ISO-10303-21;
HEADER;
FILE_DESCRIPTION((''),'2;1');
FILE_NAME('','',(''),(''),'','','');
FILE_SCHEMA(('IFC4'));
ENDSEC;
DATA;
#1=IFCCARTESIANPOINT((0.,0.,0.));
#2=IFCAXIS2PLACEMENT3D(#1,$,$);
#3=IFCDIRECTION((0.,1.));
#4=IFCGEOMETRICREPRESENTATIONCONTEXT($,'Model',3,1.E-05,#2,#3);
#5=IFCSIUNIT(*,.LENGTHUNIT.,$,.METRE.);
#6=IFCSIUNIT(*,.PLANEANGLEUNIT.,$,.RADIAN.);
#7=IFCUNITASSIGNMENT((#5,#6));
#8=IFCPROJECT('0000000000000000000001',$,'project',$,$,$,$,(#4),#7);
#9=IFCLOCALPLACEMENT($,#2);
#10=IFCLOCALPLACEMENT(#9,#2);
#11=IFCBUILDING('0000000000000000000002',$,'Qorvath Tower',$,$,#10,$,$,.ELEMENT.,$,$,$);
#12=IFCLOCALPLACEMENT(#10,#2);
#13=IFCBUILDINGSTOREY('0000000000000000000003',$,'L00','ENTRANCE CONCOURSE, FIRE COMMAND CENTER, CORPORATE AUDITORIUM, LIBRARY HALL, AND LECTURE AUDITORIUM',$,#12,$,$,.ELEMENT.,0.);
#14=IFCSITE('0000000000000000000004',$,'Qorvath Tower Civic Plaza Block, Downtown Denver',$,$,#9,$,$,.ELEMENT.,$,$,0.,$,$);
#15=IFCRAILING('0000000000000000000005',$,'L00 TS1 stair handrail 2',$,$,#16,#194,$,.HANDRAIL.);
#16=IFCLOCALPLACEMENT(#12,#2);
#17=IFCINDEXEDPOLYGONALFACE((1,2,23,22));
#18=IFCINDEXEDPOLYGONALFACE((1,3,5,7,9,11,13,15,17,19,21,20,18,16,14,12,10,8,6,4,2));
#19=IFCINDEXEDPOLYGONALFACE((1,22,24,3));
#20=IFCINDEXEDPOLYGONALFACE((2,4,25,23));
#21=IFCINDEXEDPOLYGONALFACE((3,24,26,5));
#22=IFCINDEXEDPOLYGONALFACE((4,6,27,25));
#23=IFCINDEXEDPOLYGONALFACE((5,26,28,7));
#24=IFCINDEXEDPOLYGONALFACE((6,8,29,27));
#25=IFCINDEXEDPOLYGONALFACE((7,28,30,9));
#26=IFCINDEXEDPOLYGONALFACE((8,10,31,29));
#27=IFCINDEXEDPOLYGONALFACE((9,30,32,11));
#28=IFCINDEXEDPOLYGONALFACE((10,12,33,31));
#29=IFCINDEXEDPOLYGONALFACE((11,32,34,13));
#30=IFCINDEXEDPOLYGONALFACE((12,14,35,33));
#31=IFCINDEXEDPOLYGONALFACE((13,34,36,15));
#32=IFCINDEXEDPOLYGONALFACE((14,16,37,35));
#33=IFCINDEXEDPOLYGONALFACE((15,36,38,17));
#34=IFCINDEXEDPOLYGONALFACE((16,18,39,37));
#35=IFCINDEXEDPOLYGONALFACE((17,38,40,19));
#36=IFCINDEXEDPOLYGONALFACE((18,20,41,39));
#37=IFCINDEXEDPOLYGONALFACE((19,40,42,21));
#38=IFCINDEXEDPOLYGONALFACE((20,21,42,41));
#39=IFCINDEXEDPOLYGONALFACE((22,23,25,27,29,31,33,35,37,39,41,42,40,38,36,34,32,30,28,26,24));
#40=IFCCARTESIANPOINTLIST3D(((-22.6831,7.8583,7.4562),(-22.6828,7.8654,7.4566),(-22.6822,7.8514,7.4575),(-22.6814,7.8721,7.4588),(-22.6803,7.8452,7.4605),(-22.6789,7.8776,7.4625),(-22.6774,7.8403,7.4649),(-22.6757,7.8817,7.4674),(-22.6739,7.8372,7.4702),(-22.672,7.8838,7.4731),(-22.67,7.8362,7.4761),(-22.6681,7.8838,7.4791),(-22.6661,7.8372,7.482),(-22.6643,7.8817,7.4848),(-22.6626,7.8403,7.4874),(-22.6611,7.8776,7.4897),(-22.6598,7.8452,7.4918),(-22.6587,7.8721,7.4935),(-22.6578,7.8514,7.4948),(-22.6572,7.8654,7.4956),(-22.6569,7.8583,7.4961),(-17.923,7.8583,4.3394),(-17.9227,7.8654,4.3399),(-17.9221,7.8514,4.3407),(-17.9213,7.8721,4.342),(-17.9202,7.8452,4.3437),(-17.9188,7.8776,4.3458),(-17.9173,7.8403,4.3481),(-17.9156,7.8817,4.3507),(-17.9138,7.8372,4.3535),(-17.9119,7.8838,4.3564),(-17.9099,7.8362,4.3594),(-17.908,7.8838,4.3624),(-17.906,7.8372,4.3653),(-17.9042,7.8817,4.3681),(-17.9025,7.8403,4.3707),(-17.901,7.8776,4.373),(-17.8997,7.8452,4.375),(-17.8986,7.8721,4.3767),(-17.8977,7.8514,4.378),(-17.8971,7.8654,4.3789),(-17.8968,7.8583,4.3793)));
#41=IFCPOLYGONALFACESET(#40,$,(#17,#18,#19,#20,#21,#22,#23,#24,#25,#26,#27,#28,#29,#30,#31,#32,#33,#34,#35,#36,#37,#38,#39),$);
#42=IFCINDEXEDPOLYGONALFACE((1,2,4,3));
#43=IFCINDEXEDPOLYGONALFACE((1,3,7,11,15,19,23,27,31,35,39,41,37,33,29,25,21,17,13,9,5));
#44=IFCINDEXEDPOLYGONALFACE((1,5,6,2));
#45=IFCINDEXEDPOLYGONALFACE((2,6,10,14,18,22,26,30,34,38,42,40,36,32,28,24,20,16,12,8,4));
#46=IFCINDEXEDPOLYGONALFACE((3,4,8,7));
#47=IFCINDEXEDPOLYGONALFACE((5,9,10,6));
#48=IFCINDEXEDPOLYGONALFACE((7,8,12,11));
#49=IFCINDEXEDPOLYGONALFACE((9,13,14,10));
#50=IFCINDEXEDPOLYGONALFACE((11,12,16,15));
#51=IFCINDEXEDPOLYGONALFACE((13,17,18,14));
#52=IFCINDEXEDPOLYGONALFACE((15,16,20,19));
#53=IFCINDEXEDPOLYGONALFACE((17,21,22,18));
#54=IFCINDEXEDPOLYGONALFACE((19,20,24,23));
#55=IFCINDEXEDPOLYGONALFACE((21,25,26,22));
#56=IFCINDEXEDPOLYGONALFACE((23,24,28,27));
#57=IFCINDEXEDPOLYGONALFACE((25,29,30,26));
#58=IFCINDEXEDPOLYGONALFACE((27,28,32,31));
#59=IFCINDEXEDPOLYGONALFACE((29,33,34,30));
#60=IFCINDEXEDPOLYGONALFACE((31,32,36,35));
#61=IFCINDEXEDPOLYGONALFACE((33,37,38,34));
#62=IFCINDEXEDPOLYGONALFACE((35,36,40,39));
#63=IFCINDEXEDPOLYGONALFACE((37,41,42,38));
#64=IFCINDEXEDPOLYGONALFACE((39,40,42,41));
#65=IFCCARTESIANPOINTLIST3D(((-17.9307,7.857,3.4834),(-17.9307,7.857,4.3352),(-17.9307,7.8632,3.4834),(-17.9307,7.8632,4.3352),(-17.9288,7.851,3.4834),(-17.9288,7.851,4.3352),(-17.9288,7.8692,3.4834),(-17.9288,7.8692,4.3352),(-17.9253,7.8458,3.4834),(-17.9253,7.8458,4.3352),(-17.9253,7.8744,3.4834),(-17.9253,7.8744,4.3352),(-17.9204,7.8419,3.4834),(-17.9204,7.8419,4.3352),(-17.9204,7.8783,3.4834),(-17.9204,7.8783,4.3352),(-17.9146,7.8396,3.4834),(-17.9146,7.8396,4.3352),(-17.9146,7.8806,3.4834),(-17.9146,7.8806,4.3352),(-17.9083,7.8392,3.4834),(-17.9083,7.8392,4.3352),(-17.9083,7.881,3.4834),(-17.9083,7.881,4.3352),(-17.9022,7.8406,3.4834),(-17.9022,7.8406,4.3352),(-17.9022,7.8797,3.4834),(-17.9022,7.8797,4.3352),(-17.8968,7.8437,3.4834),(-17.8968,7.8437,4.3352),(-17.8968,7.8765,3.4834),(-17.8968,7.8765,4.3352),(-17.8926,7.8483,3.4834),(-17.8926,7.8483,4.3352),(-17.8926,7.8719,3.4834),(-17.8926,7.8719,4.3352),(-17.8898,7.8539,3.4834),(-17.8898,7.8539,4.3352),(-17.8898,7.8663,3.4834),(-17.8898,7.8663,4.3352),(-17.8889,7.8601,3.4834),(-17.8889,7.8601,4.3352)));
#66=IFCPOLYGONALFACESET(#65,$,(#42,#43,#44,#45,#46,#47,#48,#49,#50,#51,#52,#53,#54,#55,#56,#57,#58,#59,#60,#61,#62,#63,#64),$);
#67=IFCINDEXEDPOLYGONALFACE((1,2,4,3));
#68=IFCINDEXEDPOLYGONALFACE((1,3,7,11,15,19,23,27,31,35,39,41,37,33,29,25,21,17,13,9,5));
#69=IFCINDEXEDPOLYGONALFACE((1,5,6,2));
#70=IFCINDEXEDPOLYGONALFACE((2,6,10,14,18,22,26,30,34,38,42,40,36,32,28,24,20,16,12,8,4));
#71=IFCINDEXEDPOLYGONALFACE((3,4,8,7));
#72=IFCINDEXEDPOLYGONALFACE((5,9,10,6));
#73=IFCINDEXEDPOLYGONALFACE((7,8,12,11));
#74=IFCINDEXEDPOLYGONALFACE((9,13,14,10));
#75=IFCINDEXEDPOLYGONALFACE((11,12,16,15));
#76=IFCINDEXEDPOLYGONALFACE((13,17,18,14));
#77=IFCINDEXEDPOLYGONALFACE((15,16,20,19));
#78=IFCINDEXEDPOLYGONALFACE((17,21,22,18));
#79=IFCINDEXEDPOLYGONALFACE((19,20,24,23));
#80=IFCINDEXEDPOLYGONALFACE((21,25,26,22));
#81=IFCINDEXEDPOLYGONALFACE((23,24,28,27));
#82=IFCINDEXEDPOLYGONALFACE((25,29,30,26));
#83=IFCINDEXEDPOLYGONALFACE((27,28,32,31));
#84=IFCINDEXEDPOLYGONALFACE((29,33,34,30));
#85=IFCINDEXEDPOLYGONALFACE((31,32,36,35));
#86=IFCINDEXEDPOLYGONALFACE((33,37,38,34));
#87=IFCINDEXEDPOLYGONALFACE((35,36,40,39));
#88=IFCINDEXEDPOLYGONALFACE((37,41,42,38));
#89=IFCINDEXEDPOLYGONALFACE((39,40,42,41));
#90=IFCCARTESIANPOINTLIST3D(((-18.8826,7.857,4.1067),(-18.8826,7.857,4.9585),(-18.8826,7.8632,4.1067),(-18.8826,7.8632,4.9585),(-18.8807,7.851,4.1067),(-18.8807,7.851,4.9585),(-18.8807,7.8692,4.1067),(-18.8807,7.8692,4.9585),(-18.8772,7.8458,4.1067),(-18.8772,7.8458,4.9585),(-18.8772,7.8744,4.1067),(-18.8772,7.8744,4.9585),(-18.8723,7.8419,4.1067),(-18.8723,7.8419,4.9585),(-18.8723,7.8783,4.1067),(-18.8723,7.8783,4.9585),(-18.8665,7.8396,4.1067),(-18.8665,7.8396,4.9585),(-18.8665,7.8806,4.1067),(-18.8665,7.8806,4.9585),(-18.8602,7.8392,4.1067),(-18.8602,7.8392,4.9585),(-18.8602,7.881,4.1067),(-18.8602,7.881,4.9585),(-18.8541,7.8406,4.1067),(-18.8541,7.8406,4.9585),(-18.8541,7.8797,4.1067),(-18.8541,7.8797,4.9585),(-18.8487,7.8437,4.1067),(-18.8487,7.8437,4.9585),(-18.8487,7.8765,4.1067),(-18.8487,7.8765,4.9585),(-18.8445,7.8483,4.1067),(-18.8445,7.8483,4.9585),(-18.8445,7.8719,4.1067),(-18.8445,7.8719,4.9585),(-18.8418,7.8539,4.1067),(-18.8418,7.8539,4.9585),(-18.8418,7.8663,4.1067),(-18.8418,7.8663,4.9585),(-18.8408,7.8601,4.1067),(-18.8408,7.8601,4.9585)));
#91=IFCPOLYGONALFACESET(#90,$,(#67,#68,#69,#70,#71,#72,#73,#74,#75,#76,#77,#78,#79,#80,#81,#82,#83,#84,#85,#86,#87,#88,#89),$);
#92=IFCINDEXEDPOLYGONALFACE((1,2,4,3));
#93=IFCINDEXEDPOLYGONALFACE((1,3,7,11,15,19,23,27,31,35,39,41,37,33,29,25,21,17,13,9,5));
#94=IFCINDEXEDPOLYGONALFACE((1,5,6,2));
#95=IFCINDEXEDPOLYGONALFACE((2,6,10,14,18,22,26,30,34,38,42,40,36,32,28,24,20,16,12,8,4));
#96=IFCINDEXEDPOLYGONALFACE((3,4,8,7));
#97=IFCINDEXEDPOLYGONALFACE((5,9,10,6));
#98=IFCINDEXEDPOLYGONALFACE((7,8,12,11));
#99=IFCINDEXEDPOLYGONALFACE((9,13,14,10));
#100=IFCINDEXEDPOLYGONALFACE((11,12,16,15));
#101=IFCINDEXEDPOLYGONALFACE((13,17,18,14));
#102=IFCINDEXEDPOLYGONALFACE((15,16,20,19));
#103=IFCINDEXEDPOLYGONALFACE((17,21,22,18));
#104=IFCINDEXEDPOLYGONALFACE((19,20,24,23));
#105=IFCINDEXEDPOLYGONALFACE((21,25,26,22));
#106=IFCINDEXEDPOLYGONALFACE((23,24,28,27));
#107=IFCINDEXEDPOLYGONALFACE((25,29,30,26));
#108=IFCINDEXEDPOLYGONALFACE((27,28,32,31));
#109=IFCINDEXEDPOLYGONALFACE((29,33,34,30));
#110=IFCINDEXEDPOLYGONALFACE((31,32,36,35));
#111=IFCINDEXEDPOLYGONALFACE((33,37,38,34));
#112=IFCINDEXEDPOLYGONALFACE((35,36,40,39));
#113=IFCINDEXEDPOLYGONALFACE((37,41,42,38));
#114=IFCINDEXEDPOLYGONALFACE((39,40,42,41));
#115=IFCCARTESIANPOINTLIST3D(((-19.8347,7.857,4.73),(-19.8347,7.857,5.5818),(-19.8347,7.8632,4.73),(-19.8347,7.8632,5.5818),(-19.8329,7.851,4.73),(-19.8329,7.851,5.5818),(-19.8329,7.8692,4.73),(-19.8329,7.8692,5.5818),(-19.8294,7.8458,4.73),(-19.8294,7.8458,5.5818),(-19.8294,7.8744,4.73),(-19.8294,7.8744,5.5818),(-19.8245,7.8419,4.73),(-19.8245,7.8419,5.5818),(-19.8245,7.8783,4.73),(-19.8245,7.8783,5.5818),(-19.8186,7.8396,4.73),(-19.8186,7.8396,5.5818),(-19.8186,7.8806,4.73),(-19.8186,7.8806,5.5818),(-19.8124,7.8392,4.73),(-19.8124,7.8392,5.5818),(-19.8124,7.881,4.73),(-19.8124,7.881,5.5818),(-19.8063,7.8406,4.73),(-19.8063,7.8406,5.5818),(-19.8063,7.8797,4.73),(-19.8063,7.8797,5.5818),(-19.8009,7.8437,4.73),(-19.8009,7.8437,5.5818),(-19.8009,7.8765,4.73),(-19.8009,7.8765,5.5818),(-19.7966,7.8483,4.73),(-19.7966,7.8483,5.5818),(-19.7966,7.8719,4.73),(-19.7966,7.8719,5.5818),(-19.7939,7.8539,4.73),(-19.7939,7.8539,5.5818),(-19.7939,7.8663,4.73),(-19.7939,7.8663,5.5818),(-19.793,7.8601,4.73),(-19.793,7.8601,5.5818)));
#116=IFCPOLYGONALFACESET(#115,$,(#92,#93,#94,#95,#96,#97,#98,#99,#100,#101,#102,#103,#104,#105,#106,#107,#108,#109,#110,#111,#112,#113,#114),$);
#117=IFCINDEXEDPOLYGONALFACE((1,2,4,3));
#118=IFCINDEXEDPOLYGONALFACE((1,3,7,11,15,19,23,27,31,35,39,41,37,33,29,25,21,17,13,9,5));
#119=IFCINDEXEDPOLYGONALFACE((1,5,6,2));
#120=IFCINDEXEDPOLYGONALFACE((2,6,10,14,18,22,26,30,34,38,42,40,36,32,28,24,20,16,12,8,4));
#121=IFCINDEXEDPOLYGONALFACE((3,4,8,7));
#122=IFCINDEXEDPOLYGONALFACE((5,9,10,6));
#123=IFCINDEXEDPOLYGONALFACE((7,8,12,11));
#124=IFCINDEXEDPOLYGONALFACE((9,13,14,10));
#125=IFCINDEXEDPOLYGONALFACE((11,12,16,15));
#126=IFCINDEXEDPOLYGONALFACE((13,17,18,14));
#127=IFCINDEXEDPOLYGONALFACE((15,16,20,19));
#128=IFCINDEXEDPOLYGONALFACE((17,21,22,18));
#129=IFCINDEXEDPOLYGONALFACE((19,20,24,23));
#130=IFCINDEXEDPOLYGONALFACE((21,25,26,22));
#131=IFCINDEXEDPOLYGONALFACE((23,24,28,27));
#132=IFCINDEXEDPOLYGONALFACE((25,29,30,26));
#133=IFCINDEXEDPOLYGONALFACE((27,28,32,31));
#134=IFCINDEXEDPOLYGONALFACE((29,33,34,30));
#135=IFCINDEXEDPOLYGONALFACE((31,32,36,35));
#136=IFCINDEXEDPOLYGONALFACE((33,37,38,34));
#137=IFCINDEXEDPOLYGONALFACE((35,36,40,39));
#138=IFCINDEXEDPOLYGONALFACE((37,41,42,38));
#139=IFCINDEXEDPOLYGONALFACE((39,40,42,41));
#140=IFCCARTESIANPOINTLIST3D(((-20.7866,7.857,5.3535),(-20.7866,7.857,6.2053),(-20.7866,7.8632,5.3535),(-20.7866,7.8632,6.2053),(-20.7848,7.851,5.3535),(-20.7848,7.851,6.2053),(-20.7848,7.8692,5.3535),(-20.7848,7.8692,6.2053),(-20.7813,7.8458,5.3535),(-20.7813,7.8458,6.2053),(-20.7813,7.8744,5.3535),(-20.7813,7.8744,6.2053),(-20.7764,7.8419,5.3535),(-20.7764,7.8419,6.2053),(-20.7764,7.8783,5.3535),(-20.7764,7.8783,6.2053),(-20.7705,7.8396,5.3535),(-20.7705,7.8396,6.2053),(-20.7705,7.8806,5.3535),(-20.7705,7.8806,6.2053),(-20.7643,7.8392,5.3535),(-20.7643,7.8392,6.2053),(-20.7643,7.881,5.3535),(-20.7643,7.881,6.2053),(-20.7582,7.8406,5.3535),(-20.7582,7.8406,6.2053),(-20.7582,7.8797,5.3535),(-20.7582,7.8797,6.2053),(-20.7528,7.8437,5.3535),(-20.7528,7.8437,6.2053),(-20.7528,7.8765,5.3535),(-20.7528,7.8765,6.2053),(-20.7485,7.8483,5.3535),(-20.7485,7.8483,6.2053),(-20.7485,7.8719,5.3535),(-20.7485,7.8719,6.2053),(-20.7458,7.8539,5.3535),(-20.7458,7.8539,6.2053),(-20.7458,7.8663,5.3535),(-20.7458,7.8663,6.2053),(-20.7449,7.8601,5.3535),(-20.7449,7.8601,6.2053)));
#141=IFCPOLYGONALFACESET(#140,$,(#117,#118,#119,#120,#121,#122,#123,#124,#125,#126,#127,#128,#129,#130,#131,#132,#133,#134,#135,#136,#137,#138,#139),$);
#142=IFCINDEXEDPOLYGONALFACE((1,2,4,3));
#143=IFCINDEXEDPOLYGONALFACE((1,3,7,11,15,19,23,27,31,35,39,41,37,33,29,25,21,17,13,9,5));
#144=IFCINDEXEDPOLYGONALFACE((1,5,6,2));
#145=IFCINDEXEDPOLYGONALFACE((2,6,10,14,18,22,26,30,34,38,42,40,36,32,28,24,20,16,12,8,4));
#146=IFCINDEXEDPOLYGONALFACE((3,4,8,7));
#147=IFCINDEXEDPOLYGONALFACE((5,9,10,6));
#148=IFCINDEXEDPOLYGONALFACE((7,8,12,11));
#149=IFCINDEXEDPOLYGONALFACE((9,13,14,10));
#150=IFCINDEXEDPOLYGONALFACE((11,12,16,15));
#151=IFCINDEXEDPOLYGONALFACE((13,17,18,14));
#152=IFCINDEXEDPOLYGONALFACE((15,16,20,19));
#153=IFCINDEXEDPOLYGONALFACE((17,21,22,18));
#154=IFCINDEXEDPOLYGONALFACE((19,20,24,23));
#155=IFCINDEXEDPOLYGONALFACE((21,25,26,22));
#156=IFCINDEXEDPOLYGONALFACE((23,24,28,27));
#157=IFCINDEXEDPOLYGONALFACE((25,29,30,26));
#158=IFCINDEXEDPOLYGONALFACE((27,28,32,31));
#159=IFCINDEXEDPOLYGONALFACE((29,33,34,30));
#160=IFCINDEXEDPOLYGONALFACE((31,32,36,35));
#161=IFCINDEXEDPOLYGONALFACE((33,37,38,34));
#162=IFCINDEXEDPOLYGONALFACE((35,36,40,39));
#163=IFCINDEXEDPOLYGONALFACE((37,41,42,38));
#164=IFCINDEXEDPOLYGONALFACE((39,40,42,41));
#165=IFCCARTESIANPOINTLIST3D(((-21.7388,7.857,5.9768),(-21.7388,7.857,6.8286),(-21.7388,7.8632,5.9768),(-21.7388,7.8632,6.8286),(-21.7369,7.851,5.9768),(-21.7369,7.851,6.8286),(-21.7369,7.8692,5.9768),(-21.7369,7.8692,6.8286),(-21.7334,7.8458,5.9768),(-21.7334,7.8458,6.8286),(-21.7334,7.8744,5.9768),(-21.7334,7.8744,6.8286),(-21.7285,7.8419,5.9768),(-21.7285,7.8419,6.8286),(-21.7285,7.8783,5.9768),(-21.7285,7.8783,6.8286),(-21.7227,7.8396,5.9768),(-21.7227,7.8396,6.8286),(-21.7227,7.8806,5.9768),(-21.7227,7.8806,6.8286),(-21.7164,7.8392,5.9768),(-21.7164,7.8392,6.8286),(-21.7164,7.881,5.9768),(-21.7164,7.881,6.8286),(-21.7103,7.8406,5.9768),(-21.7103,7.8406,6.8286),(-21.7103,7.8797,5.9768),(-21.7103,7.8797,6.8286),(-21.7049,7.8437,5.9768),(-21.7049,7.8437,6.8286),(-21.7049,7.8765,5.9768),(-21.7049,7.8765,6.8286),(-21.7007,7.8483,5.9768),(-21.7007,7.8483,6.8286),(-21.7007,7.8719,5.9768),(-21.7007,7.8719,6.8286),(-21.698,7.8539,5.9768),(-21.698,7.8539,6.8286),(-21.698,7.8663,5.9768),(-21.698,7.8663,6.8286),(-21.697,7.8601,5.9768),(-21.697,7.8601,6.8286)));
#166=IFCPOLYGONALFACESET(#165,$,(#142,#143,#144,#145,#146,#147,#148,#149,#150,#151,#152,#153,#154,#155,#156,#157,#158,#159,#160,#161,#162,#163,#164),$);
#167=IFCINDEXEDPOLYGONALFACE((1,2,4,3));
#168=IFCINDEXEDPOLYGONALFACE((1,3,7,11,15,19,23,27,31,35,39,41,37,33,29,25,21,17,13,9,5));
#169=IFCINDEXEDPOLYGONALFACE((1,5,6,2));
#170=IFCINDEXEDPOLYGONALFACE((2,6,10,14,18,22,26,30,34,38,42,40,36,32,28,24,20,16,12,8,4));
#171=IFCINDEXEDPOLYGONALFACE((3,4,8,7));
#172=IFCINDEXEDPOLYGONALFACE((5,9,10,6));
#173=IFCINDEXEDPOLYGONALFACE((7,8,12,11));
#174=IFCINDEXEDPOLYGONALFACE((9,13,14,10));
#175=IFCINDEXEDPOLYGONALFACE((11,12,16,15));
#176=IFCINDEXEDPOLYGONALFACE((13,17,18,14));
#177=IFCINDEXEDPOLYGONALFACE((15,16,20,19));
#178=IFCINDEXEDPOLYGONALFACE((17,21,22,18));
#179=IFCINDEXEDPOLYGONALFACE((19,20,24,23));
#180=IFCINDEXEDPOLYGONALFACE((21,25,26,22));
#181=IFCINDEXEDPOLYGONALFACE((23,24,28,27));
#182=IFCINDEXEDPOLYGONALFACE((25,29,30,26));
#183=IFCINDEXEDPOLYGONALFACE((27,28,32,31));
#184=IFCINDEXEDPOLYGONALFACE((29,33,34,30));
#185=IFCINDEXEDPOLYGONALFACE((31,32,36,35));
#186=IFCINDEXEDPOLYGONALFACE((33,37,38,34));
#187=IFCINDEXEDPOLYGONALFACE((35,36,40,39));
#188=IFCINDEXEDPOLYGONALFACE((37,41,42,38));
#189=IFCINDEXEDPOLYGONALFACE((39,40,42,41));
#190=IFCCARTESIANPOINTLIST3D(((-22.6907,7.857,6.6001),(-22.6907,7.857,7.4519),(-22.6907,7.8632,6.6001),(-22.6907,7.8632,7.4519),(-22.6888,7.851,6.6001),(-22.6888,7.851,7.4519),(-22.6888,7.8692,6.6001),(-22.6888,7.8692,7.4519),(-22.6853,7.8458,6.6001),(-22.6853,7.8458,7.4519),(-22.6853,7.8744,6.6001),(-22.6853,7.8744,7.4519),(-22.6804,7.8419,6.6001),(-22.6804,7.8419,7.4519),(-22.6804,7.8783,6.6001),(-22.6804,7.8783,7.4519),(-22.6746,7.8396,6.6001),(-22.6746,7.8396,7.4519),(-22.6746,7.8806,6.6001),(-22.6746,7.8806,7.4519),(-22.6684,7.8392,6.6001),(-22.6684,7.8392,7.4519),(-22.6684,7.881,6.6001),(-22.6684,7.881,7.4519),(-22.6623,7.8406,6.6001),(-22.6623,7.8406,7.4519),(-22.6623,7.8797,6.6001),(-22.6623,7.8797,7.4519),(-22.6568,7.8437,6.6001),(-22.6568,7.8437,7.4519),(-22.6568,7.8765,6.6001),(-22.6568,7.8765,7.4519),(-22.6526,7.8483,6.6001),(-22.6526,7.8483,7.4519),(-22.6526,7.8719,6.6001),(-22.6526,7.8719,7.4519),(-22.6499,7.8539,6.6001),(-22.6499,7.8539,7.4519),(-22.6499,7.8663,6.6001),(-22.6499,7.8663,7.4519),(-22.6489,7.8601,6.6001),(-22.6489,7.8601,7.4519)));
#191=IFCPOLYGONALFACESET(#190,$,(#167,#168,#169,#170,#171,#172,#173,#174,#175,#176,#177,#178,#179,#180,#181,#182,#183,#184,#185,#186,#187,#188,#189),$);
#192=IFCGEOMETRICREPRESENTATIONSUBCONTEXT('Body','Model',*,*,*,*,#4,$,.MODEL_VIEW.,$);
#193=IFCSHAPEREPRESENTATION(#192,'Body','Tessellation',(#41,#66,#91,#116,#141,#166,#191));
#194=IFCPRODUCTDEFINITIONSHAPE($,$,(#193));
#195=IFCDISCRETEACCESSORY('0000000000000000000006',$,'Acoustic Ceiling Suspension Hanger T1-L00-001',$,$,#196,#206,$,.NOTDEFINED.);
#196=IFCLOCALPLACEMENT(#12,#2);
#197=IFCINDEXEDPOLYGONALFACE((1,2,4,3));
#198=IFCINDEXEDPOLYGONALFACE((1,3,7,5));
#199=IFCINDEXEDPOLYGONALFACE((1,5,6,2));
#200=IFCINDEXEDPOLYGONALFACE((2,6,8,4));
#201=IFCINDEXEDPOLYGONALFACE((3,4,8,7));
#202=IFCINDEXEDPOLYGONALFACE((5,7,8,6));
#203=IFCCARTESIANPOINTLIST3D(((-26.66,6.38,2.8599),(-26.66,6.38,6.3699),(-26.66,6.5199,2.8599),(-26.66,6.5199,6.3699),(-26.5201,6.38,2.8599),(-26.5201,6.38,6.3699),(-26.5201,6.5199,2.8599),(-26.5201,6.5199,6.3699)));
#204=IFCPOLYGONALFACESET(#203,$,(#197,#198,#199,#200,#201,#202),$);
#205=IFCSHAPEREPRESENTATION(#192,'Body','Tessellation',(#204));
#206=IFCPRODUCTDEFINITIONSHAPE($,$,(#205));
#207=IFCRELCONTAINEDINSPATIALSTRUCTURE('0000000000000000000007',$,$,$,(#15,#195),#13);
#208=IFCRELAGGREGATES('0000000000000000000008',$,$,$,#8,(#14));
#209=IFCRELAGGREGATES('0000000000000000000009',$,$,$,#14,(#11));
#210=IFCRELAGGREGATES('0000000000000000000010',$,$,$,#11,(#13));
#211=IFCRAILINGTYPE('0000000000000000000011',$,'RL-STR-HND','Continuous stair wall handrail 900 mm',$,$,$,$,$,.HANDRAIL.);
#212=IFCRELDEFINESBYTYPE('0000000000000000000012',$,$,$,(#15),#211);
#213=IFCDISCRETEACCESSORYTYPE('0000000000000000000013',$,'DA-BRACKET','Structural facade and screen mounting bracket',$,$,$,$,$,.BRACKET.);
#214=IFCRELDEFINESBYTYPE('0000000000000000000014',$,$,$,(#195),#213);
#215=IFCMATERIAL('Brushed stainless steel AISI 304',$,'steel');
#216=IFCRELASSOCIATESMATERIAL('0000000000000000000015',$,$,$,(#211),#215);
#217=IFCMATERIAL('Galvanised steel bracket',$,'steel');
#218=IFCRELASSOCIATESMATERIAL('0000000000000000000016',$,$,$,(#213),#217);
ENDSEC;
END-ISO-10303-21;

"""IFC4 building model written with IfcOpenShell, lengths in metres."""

from ifc_helpers import new_model, si_unit, direction, frame, origin, origin_2d, place, context, subcontext, project, spatial, rectangle, circle, extrude, material, type_object, element, save


model = new_model("IFC4")

# Units and contexts
model_context = context("Model", 3, precision=1e-05, world=origin(), true_north=direction((0.0, 1.0)))
body_context = subcontext(model_context, "Body", "Model", "MODEL_VIEW")
ifc_project = project(units=[si_unit("LENGTHUNIT", "METRE"), si_unit("PLANEANGLEUNIT", "RADIAN")], contexts=[model_context])

# Site, building, storey
site_placement = place(None, origin())
site = spatial("IfcSite", under=ifc_project, at=site_placement, Name="Qorvath Tower Civic Plaza Block, Downtown Denver", CompositionType="ELEMENT", RefElevation=0.0)
building_placement = place(site_placement, origin())
building = spatial("IfcBuilding", under=site, at=building_placement, Name="Qorvath Tower", CompositionType="ELEMENT")
storey_placement = place(building_placement, origin())
storey = spatial("IfcBuildingStorey", under=building, at=storey_placement, Name="L00", Description="ENTRANCE CONCOURSE, FIRE COMMAND CENTER, CORPORATE AUDITORIUM, LIBRARY HALL, AND LECTURE AUDITORIUM", CompositionType="ELEMENT", Elevation=0.0)

# Railing
ifc_material_1 = material(Name="Brushed stainless steel AISI 304", Category="steel")
railing_type_1 = type_object("IfcRailingType", Name="RL-STR-HND", Description="Continuous stair wall handrail 900 mm", PredefinedType="HANDRAIL", material=ifc_material_1)
railing_1_placement = place(storey_placement, frame((-17.9099, 7.8601, 3.4834)))
element("IfcRailing", 1, at=railing_1_placement, inside=storey, type_object=railing_type_1, Name="L00 TS1 stair handrail 2", PredefinedType="HANDRAIL", context=body_context, shape_type="SweptSolid", body=[
    extrude(circle(Radius=0.0239, at=origin_2d()), frame((0.0, 0.0, 0.876), z_axis=(-0.836616, 0.0, 0.547789), x_axis=(0.0, -1.0, 0.0)), (0.0, 0.0, 1.0), 5.6897),
    extrude(circle(Radius=0.021, at=origin_2d()), origin(), (0.0, 0.0, 1.0), 0.8518),
    extrude(circle(Radius=0.021, at=origin_2d()), frame((-0.9519, 0.0, 0.6233)), (0.0, 0.0, 1.0), 0.8518),
    extrude(circle(Radius=0.021, at=origin_2d()), frame((-1.9041, 0.0, 1.2466)), (0.0, 0.0, 1.0), 0.8518),
    extrude(circle(Radius=0.021, at=origin_2d()), frame((-2.856, 0.0, 1.8701)), (0.0, 0.0, 1.0), 0.8518),
    extrude(circle(Radius=0.021, at=origin_2d()), frame((-3.8081, 0.0, 2.4934)), (0.0, 0.0, 1.0), 0.8518),
    extrude(circle(Radius=0.021, at=origin_2d()), frame((-4.76, 0.0, 3.1167)), (0.0, 0.0, 1.0), 0.8518),
])

# Discrete accessory
ifc_material_2 = material(Name="Galvanised steel bracket", Category="steel")
discrete_accessory_type = type_object("IfcDiscreteAccessoryType", Name="DA-BRACKET", Description="Structural facade and screen mounting bracket", PredefinedType="BRACKET", material=ifc_material_2)
discrete_accessory_placement = place(storey_placement, frame((-26.5901, 6.45, 2.8599), z_axis=(0.0, 0.0, 1.0), x_axis=(1.0, 0.0, 0.0)))
element("IfcDiscreteAccessory", 2, at=discrete_accessory_placement, inside=storey, type_object=discrete_accessory_type, Name="Acoustic Ceiling Suspension Hanger T1-L00-001", PredefinedType="NOTDEFINED", context=body_context, shape_type="SweptSolid", body=[
    extrude(rectangle(XDim=0.1399, YDim=0.1399, at=origin_2d()), origin(), (0.0, 0.0, 1.0), 3.51),
])

save(model, "model.ifc")
